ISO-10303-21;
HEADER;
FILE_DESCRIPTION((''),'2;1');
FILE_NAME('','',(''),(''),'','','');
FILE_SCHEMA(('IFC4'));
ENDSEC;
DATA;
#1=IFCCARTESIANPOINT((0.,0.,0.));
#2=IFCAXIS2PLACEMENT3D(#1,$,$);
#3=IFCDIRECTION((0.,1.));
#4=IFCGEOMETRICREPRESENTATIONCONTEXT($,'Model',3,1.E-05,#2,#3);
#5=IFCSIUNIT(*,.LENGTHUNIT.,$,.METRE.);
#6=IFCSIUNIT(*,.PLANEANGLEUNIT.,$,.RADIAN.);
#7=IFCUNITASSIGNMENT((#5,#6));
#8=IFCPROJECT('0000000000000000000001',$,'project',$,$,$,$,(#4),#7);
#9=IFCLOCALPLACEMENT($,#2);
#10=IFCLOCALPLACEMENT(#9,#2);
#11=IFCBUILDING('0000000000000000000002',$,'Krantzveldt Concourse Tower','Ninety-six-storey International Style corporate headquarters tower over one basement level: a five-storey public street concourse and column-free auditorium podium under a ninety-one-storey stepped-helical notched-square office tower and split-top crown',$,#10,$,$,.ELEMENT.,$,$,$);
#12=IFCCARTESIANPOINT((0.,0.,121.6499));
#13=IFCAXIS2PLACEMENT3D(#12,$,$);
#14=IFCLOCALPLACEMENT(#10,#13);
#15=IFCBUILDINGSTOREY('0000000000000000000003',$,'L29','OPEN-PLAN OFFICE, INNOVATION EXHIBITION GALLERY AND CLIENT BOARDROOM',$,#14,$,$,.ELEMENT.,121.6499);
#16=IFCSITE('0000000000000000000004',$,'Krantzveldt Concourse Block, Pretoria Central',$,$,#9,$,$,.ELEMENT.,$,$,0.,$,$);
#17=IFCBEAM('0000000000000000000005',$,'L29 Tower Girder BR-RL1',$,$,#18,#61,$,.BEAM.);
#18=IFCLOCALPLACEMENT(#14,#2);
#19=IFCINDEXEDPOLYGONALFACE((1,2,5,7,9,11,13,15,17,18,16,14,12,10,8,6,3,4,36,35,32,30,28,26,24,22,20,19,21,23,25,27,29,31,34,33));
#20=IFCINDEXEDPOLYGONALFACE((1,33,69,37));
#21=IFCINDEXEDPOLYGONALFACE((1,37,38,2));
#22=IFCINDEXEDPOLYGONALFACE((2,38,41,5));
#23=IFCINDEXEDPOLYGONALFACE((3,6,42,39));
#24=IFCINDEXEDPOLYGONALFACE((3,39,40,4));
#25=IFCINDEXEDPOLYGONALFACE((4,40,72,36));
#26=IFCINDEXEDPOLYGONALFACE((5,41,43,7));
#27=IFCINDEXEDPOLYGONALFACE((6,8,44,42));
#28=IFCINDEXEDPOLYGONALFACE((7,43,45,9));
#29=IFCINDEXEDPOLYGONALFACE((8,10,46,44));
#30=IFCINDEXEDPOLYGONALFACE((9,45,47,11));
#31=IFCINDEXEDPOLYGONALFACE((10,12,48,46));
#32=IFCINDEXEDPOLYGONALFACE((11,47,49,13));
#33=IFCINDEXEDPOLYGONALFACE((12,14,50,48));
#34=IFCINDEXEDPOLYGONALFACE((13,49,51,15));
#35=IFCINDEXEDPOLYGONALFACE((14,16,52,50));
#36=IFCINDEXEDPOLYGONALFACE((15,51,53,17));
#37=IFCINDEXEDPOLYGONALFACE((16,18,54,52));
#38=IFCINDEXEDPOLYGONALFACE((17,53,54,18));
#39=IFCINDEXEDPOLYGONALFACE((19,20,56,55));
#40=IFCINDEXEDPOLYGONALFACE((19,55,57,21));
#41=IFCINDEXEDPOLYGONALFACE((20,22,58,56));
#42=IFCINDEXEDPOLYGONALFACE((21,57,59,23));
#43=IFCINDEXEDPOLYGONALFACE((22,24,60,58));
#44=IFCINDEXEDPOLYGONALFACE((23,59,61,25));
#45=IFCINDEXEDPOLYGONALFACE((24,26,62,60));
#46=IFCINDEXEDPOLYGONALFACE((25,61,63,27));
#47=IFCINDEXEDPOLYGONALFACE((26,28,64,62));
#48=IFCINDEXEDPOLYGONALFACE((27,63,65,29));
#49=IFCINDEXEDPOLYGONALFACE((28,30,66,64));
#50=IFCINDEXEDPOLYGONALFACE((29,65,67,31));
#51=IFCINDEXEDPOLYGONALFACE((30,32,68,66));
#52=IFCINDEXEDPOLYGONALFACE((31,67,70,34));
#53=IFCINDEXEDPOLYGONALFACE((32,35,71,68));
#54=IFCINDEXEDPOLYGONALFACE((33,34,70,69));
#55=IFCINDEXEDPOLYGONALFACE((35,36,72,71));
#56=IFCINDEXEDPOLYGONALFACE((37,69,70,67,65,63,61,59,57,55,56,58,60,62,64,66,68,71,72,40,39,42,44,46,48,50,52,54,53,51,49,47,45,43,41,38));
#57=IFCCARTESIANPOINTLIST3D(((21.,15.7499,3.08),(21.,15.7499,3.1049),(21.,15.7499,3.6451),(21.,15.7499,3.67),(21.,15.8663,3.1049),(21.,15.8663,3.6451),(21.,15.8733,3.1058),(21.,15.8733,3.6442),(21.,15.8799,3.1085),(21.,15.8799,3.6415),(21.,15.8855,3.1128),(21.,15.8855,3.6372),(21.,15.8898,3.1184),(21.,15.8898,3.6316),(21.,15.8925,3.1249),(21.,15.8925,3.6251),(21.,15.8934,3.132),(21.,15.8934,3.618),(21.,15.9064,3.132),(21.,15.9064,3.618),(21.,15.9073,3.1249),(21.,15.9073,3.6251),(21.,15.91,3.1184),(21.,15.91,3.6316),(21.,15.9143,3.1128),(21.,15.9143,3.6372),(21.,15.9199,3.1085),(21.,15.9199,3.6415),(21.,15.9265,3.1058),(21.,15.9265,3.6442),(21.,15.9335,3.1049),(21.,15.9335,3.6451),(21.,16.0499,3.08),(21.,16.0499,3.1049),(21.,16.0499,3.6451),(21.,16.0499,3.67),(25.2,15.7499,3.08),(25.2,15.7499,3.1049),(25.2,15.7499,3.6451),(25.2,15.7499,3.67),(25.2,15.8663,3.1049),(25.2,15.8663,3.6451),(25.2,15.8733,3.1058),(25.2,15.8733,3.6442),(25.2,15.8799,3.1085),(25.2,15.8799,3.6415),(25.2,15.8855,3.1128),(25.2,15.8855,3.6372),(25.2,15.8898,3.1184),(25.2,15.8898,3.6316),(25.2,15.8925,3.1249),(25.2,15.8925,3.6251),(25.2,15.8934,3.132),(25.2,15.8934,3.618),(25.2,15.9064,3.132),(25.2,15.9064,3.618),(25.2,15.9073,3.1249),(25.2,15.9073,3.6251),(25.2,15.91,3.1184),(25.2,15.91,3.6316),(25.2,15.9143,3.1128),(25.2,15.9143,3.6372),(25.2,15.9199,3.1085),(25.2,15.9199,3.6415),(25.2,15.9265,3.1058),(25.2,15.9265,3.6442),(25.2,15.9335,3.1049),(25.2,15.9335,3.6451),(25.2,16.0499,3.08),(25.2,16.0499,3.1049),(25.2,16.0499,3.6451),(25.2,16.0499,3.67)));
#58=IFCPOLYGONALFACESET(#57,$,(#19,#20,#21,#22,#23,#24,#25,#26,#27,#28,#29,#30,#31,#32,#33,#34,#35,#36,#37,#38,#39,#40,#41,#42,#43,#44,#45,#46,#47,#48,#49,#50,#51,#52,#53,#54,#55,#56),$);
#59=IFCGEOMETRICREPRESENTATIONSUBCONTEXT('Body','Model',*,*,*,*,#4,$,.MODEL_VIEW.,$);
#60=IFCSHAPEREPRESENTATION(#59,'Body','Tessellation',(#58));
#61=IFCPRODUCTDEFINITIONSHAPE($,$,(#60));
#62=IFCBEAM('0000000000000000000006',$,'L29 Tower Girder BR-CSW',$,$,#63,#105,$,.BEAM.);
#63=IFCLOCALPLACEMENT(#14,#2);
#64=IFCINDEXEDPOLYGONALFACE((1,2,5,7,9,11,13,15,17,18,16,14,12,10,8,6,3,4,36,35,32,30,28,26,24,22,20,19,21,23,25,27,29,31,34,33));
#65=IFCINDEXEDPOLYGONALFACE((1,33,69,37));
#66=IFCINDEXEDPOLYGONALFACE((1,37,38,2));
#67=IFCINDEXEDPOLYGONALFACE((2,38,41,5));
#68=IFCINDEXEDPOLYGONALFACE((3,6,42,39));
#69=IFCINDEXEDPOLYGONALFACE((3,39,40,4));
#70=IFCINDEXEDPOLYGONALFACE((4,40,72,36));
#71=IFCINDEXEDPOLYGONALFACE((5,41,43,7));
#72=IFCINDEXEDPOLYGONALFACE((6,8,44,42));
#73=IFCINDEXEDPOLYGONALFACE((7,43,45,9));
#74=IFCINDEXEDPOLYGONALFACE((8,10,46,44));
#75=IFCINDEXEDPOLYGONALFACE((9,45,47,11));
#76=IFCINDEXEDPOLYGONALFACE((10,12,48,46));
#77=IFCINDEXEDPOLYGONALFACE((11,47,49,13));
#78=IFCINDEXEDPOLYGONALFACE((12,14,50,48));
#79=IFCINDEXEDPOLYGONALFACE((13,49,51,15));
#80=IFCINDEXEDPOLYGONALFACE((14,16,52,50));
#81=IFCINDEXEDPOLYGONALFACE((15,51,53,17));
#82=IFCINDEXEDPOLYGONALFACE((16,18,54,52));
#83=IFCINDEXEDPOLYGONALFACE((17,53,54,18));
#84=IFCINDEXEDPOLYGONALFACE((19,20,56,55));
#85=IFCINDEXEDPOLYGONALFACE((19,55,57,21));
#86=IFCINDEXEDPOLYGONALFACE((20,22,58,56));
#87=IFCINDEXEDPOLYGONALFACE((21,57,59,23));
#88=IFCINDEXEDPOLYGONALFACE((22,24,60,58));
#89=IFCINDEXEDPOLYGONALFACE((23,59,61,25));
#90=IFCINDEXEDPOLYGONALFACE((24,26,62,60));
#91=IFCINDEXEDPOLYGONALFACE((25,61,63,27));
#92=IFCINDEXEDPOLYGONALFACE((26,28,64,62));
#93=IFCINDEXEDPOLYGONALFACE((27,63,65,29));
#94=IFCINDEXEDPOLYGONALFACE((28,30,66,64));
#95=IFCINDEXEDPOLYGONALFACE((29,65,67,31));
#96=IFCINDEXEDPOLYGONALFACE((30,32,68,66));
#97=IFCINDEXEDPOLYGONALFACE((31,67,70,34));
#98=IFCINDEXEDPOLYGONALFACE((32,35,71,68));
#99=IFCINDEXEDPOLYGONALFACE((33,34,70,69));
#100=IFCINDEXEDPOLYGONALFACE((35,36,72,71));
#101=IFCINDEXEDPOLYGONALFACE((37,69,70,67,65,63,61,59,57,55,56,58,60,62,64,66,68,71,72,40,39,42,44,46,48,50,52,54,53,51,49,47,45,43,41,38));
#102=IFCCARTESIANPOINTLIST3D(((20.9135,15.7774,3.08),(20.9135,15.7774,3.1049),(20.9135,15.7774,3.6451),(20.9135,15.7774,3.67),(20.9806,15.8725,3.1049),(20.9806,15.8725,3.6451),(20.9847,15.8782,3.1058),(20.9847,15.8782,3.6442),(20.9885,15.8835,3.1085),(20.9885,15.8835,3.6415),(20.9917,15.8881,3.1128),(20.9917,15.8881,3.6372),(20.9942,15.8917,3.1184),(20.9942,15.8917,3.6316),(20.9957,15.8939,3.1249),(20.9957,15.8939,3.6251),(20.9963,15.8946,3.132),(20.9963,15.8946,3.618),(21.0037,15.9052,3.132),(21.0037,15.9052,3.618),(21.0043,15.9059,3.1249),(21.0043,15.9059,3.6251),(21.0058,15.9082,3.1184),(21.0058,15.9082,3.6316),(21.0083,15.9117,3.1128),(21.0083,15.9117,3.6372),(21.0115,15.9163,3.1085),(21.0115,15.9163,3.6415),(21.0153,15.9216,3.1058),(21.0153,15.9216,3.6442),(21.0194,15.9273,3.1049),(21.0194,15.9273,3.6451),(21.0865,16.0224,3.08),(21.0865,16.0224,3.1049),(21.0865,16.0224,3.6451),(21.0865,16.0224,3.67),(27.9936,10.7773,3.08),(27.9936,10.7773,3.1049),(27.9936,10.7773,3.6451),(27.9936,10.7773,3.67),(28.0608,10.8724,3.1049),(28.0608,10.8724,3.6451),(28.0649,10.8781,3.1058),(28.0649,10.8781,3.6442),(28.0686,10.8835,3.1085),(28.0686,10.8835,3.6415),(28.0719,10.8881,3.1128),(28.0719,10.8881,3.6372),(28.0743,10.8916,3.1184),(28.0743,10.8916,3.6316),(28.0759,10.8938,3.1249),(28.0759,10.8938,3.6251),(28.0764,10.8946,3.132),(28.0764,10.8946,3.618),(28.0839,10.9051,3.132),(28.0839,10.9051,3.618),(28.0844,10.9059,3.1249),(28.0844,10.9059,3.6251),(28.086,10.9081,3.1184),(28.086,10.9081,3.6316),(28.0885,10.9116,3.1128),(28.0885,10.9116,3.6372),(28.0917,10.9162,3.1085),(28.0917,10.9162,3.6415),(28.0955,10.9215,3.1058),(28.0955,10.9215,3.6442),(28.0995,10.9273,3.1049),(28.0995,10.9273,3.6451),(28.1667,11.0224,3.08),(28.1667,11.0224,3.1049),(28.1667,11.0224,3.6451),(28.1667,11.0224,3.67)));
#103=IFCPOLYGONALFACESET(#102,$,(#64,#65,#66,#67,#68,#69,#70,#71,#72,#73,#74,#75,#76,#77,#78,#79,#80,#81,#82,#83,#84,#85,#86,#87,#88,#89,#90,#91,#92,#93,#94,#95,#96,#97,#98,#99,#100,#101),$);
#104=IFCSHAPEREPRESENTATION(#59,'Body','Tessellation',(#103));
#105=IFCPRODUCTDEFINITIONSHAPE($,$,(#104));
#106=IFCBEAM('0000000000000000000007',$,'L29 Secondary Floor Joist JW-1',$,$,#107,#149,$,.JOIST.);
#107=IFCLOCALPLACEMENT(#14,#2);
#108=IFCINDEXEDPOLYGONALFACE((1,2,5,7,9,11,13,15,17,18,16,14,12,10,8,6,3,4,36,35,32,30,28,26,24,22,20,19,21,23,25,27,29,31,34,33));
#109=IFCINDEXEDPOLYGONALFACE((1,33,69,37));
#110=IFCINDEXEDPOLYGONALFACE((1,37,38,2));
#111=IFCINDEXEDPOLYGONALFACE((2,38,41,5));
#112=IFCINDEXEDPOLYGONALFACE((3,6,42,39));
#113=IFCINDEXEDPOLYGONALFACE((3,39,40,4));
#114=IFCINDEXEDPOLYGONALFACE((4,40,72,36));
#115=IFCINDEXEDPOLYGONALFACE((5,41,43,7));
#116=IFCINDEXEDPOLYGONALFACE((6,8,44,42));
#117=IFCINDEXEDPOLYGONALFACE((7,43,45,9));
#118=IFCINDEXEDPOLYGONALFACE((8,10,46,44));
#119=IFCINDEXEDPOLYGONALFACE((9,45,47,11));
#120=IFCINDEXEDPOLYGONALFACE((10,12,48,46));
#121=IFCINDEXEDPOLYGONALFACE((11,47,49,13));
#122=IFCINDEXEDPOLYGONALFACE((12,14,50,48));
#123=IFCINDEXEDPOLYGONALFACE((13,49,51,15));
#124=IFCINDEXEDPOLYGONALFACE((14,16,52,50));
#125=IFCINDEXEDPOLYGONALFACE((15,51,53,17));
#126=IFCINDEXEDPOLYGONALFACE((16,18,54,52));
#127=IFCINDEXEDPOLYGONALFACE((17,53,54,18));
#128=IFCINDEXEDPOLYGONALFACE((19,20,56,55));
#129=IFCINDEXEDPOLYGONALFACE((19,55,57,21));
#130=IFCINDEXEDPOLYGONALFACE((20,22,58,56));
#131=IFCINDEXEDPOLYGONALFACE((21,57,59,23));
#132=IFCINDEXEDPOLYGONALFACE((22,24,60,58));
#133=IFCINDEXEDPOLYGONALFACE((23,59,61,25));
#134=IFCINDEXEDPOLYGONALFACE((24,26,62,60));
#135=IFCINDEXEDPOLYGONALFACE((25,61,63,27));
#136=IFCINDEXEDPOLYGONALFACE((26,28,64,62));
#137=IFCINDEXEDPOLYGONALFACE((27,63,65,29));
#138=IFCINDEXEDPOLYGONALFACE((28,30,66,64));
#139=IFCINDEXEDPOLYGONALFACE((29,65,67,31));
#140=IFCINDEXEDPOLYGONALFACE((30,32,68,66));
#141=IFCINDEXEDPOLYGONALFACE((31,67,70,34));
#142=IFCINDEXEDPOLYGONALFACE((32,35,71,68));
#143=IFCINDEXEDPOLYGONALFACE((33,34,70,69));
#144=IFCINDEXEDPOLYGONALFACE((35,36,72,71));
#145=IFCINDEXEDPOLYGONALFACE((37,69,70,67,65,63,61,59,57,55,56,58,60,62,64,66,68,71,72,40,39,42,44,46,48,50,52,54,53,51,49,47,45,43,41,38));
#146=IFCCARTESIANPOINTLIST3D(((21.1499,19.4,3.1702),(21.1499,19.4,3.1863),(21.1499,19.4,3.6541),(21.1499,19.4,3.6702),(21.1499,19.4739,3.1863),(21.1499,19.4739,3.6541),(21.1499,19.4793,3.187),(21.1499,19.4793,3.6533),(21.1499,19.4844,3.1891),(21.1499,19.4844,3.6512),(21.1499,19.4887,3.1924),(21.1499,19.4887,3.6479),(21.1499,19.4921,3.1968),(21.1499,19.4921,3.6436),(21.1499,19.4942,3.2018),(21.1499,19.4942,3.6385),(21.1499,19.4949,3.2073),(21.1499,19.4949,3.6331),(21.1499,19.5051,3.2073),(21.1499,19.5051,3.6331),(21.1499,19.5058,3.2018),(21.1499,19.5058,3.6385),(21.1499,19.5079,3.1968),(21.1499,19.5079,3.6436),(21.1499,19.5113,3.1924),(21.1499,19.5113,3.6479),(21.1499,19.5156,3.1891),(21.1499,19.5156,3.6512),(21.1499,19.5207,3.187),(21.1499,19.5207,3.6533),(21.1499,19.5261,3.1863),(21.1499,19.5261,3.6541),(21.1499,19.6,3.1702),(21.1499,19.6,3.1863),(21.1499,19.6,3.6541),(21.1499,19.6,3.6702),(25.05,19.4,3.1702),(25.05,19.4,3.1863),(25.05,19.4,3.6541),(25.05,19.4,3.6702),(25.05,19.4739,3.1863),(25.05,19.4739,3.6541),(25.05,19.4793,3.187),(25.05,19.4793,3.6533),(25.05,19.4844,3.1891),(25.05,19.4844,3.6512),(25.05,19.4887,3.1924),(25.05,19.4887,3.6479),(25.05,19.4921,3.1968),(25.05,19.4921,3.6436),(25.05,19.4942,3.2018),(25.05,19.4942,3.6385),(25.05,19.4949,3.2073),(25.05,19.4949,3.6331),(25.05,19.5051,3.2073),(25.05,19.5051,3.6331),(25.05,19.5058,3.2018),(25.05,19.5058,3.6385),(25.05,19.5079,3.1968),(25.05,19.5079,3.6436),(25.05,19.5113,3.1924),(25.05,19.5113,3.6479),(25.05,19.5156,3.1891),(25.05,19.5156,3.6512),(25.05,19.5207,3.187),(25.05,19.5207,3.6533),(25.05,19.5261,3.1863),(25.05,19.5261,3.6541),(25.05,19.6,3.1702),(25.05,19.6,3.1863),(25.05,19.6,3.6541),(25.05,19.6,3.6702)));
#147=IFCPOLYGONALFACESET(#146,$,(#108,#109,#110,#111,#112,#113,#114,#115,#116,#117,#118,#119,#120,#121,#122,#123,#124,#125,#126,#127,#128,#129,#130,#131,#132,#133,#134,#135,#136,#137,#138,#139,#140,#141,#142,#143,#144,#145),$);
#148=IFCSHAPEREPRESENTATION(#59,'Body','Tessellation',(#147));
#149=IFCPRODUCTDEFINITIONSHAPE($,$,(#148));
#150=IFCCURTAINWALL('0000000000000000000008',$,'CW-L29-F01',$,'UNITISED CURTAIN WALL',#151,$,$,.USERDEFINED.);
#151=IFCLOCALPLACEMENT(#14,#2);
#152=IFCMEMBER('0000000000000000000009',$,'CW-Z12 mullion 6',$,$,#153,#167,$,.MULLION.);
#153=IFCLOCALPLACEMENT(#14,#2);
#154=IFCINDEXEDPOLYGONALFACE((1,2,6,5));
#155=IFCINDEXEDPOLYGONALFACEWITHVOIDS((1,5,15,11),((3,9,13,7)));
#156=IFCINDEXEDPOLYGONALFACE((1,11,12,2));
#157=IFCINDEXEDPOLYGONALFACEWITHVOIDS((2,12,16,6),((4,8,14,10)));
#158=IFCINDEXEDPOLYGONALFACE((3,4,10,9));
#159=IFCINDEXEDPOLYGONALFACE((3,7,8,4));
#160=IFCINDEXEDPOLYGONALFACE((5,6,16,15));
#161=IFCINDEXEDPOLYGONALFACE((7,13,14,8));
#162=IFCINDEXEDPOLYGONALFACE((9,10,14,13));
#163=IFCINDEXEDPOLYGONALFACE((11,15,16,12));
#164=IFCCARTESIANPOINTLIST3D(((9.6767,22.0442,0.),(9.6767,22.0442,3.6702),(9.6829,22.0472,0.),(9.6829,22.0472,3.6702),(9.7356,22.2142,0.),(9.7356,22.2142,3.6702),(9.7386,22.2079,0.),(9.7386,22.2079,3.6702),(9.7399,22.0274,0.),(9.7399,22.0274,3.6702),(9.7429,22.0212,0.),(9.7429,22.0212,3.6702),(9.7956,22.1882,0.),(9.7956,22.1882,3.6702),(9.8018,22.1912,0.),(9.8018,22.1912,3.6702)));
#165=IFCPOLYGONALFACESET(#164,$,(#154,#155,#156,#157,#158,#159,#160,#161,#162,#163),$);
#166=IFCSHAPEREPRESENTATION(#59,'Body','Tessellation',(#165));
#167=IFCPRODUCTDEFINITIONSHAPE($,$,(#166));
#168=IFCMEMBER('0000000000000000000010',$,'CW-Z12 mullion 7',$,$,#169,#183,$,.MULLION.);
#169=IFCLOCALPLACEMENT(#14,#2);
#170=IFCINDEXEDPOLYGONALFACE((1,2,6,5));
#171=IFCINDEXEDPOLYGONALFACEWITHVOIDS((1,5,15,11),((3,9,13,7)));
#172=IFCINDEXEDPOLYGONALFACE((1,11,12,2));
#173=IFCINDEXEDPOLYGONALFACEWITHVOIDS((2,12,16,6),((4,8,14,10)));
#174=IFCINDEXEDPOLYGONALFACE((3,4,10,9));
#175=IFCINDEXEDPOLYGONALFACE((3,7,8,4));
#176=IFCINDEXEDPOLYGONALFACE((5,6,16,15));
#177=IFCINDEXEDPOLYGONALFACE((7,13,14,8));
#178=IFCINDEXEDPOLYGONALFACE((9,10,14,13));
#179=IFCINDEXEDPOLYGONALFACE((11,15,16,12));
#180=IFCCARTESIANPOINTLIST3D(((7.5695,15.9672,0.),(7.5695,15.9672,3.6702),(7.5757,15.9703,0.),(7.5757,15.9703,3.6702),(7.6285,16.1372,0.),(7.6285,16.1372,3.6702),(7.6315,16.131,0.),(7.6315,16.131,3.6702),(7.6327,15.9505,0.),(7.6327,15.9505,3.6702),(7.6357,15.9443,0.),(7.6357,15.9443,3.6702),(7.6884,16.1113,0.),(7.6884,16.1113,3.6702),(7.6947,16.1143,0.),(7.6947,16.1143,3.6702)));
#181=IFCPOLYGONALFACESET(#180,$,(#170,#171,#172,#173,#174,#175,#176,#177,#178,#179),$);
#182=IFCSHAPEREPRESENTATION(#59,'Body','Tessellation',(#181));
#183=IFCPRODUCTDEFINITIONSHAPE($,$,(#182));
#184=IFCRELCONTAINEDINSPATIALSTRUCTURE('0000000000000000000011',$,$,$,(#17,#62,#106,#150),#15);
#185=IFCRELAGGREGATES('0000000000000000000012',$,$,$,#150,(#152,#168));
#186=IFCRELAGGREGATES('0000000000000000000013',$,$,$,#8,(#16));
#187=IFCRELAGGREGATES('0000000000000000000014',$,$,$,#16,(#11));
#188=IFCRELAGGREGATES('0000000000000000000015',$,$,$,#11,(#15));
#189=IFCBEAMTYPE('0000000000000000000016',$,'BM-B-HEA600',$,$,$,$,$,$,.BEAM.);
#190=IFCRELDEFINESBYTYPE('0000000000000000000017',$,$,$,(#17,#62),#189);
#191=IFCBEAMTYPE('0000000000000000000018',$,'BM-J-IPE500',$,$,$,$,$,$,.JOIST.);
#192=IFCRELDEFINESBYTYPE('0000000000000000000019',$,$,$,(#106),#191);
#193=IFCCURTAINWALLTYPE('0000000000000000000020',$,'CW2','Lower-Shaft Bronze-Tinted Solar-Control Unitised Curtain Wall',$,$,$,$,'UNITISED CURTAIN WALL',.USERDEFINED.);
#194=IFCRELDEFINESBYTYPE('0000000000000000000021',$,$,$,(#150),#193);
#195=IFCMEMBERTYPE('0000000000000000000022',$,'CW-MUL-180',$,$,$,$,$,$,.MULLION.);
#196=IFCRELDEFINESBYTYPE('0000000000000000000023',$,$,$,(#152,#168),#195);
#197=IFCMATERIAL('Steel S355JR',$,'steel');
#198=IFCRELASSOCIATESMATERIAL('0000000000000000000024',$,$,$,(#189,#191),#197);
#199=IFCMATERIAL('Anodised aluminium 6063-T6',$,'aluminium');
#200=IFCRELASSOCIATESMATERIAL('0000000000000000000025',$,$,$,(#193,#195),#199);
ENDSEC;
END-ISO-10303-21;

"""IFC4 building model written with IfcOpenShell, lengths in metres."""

from ifc_helpers import new_model, si_unit, direction, frame, origin, origin_2d, place, context, subcontext, project, spatial, hollow_rectangle, i_section, extrude, source, transform, mapped, material, material_profile, profile_set, type_object, type_shapes, element, aggregate, save


model = new_model("IFC4")

# Units and contexts
model_context = context("Model", 3, precision=1e-05, world=origin(), true_north=direction((0.0, 1.0)))
body_context = subcontext(model_context, "Body", "Model", "MODEL_VIEW")
ifc_project = project(units=[si_unit("LENGTHUNIT", "METRE"), si_unit("PLANEANGLEUNIT", "RADIAN")], contexts=[model_context])

# Site, building, storey
site_placement = place(None, origin())
site = spatial("IfcSite", under=ifc_project, at=site_placement, Name="Krantzveldt Concourse Block, Pretoria Central", CompositionType="ELEMENT", RefElevation=0.0)
building_placement = place(site_placement, origin())
building = spatial("IfcBuilding", under=site, at=building_placement, Name="Krantzveldt Concourse Tower", Description="Ninety-six-storey International Style corporate headquarters tower over one basement level: a five-storey public street concourse and column-free auditorium podium under a ninety-one-storey stepped-helical notched-square office tower and split-top crown", CompositionType="ELEMENT")
storey_placement = place(building_placement, frame((0.0, 0.0, 121.6499)))
storey = spatial("IfcBuildingStorey", under=building, at=storey_placement, Name="L29", Description="OPEN-PLAN OFFICE, INNOVATION EXHIBITION GALLERY AND CLIENT BOARDROOM", CompositionType="ELEMENT", Elevation=121.6499)

# Beams
ifc_material_1 = material(Name="Steel S355JR", Category="steel")
ifc_material_profile_1 = material_profile(ifc_material_1, i_section(OverallWidth=0.3, OverallDepth=0.5901, WebThickness=0.0129, FlangeThickness=0.0249, FilletRadius=0.0271, at=origin_2d()), Name="Steel S355JR", Category="steel")
ifc_profile_set_1 = profile_set([ifc_material_profile_1], Name="Steel S355JR - HEA 600")
beam_type_1 = type_object("IfcBeamType", Name="BM-B-HEA600", PredefinedType="BEAM", material=ifc_profile_set_1)
shared_shape_1 = source(origin(), body_context, "Body", "SweptSolid", [
    extrude(i_section(OverallWidth=0.3, OverallDepth=0.5901, WebThickness=0.0129, FlangeThickness=0.0249, FilletRadius=0.0271, at=origin_2d()), origin(), (0.0, 0.0, 1.0), 4.2),
])
beam_1_placement = place(storey_placement, frame((21.0, 15.8999, 3.375), z_axis=(1.0, 0.0, 0.0), x_axis=(0.0, 1.0, 0.0)))
element("IfcBeam", 1, at=beam_1_placement, inside=storey, type_object=beam_type_1, Name="L29 Tower Girder BR-RL1", PredefinedType="BEAM", context=body_context, shape_type="MappedRepresentation", body=[
    mapped(shared_shape_1, transform((0.0, 0.0, 0.0), x_axis=(1.0, 0.0, 0.0), y_axis=(0.0, 1.0, 0.0), z_axis=(0.0, 0.0, 1.0), scale=1.0)),
])
shared_shape_2 = source(origin(), body_context, "Body", "SweptSolid", [
    extrude(i_section(OverallWidth=0.3, OverallDepth=0.5901, WebThickness=0.0129, FlangeThickness=0.0249, FilletRadius=0.0271, at=origin_2d()), origin(), (0.0, 0.0, 1.0), 8.6677),
])
type_shapes(beam_type_1, [shared_shape_1, shared_shape_2])
beam_2_placement = place(storey_placement, frame((21.0, 15.8999, 3.375), z_axis=(0.816843, -0.57686, 0.0), x_axis=(0.57686, 0.816843, 0.0)))
element("IfcBeam", 2, at=beam_2_placement, inside=storey, type_object=beam_type_1, Name="L29 Tower Girder BR-CSW", PredefinedType="BEAM", context=body_context, shape_type="MappedRepresentation", body=[
    mapped(shared_shape_2, transform((0.0, 0.0, 0.0), x_axis=(1.0, 0.0, 0.0), y_axis=(0.0, 1.0, 0.0), z_axis=(0.0, 0.0, 1.0), scale=1.0)),
])
ifc_material_profile_2 = material_profile(ifc_material_1, i_section(OverallWidth=0.2, OverallDepth=0.5, WebThickness=0.0103, FlangeThickness=0.0161, FilletRadius=0.021, at=origin_2d()), Name="Steel S355JR", Category="steel")
ifc_profile_set_2 = profile_set([ifc_material_profile_2], Name="Steel S355JR - IPE 500")
beam_type_2 = type_object("IfcBeamType", Name="BM-J-IPE500", PredefinedType="JOIST", material=ifc_profile_set_2)
shared_shape_3 = source(origin(), body_context, "Body", "SweptSolid", [
    extrude(i_section(OverallWidth=0.2, OverallDepth=0.5, WebThickness=0.0103, FlangeThickness=0.0161, FilletRadius=0.021, at=origin_2d()), origin(), (0.0, 0.0, 1.0), 3.9001),
])
type_shapes(beam_type_2, [shared_shape_3])
beam_3_placement = place(storey_placement, frame((21.1499, 19.5, 3.4202), z_axis=(1.0, 0.0, 0.0), x_axis=(0.0, 1.0, 0.0)))
element("IfcBeam", 3, at=beam_3_placement, inside=storey, type_object=beam_type_2, Name="L29 Secondary Floor Joist JW-1", PredefinedType="JOIST", context=body_context, shape_type="MappedRepresentation", body=[
    mapped(shared_shape_3, transform((0.0, 0.0, 0.0), x_axis=(1.0, 0.0, 0.0), y_axis=(0.0, 1.0, 0.0), z_axis=(0.0, 0.0, 1.0), scale=1.0)),
])

# Curtain wall, members
ifc_material_2 = material(Name="Anodised aluminium 6063-T6", Category="aluminium")
curtain_wall_type = type_object("IfcCurtainWallType", Name="CW2", Description="Lower-Shaft Bronze-Tinted Solar-Control Unitised Curtain Wall", ElementType="UNITISED CURTAIN WALL", PredefinedType="USERDEFINED", material=ifc_material_2)
curtain_wall_1_placement = place(storey_placement, origin())
curtain_wall_1 = element("IfcCurtainWall", 4, at=curtain_wall_1_placement, inside=storey, type_object=curtain_wall_type, Name="CW-L29-F01", ObjectType="UNITISED CURTAIN WALL", PredefinedType="USERDEFINED")
ifc_material_profile_3 = material_profile(ifc_material_2, hollow_rectangle(XDim=0.0701, YDim=0.1799, WallThickness=0.0049, at=origin_2d()), Name="Anodised aluminium 6063-T6", Category="aluminium")
ifc_profile_set_3 = profile_set([ifc_material_profile_3], Name="Anodised aluminium 6063-T6 - ALU-MULL 180x70x5")
member_type_1 = type_object("IfcMemberType", Name="CW-MUL-180", PredefinedType="MULLION", material=ifc_profile_set_3)
shared_shape_4 = source(origin(), body_context, "Body", "SweptSolid", [
    extrude(hollow_rectangle(XDim=0.0701, YDim=0.1799, WallThickness=0.0049, at=origin_2d()), origin(), (0.0, 0.0, 1.0), 3.6702),
])
type_shapes(member_type_1, [shared_shape_4])
member_1_placement = place(storey_placement, frame((9.7393, 22.1177, 0.0), z_axis=(0.0, 0.0, 1.0), x_axis=(0.944806, -0.32763, 0.0)))
member_1 = element("IfcMember", 5, at=member_1_placement, type_object=member_type_1, Name="CW-Z12 mullion 6", PredefinedType="MULLION", context=body_context, shape_type="MappedRepresentation", body=[
    mapped(shared_shape_4, transform((0.0, 0.0, 0.0), x_axis=(1.0, 0.0, 0.0), y_axis=(0.0, 1.0, 0.0), z_axis=(0.0, 0.0, 1.0), scale=1.0)),
])
member_2_placement = place(storey_placement, frame((7.6321, 16.0408, 0.0), z_axis=(0.0, 0.0, 1.0), x_axis=(0.944806, -0.32763, 0.0)))
member_2 = element("IfcMember", 6, at=member_2_placement, type_object=member_type_1, Name="CW-Z12 mullion 7", PredefinedType="MULLION", context=body_context, shape_type="MappedRepresentation", body=[
    mapped(shared_shape_4, transform((0.0, 0.0, 0.0), x_axis=(1.0, 0.0, 0.0), y_axis=(0.0, 1.0, 0.0), z_axis=(0.0, 0.0, 1.0), scale=1.0)),
])

aggregate(curtain_wall_1, [member_1, member_2])

save(model, "model.ifc")
